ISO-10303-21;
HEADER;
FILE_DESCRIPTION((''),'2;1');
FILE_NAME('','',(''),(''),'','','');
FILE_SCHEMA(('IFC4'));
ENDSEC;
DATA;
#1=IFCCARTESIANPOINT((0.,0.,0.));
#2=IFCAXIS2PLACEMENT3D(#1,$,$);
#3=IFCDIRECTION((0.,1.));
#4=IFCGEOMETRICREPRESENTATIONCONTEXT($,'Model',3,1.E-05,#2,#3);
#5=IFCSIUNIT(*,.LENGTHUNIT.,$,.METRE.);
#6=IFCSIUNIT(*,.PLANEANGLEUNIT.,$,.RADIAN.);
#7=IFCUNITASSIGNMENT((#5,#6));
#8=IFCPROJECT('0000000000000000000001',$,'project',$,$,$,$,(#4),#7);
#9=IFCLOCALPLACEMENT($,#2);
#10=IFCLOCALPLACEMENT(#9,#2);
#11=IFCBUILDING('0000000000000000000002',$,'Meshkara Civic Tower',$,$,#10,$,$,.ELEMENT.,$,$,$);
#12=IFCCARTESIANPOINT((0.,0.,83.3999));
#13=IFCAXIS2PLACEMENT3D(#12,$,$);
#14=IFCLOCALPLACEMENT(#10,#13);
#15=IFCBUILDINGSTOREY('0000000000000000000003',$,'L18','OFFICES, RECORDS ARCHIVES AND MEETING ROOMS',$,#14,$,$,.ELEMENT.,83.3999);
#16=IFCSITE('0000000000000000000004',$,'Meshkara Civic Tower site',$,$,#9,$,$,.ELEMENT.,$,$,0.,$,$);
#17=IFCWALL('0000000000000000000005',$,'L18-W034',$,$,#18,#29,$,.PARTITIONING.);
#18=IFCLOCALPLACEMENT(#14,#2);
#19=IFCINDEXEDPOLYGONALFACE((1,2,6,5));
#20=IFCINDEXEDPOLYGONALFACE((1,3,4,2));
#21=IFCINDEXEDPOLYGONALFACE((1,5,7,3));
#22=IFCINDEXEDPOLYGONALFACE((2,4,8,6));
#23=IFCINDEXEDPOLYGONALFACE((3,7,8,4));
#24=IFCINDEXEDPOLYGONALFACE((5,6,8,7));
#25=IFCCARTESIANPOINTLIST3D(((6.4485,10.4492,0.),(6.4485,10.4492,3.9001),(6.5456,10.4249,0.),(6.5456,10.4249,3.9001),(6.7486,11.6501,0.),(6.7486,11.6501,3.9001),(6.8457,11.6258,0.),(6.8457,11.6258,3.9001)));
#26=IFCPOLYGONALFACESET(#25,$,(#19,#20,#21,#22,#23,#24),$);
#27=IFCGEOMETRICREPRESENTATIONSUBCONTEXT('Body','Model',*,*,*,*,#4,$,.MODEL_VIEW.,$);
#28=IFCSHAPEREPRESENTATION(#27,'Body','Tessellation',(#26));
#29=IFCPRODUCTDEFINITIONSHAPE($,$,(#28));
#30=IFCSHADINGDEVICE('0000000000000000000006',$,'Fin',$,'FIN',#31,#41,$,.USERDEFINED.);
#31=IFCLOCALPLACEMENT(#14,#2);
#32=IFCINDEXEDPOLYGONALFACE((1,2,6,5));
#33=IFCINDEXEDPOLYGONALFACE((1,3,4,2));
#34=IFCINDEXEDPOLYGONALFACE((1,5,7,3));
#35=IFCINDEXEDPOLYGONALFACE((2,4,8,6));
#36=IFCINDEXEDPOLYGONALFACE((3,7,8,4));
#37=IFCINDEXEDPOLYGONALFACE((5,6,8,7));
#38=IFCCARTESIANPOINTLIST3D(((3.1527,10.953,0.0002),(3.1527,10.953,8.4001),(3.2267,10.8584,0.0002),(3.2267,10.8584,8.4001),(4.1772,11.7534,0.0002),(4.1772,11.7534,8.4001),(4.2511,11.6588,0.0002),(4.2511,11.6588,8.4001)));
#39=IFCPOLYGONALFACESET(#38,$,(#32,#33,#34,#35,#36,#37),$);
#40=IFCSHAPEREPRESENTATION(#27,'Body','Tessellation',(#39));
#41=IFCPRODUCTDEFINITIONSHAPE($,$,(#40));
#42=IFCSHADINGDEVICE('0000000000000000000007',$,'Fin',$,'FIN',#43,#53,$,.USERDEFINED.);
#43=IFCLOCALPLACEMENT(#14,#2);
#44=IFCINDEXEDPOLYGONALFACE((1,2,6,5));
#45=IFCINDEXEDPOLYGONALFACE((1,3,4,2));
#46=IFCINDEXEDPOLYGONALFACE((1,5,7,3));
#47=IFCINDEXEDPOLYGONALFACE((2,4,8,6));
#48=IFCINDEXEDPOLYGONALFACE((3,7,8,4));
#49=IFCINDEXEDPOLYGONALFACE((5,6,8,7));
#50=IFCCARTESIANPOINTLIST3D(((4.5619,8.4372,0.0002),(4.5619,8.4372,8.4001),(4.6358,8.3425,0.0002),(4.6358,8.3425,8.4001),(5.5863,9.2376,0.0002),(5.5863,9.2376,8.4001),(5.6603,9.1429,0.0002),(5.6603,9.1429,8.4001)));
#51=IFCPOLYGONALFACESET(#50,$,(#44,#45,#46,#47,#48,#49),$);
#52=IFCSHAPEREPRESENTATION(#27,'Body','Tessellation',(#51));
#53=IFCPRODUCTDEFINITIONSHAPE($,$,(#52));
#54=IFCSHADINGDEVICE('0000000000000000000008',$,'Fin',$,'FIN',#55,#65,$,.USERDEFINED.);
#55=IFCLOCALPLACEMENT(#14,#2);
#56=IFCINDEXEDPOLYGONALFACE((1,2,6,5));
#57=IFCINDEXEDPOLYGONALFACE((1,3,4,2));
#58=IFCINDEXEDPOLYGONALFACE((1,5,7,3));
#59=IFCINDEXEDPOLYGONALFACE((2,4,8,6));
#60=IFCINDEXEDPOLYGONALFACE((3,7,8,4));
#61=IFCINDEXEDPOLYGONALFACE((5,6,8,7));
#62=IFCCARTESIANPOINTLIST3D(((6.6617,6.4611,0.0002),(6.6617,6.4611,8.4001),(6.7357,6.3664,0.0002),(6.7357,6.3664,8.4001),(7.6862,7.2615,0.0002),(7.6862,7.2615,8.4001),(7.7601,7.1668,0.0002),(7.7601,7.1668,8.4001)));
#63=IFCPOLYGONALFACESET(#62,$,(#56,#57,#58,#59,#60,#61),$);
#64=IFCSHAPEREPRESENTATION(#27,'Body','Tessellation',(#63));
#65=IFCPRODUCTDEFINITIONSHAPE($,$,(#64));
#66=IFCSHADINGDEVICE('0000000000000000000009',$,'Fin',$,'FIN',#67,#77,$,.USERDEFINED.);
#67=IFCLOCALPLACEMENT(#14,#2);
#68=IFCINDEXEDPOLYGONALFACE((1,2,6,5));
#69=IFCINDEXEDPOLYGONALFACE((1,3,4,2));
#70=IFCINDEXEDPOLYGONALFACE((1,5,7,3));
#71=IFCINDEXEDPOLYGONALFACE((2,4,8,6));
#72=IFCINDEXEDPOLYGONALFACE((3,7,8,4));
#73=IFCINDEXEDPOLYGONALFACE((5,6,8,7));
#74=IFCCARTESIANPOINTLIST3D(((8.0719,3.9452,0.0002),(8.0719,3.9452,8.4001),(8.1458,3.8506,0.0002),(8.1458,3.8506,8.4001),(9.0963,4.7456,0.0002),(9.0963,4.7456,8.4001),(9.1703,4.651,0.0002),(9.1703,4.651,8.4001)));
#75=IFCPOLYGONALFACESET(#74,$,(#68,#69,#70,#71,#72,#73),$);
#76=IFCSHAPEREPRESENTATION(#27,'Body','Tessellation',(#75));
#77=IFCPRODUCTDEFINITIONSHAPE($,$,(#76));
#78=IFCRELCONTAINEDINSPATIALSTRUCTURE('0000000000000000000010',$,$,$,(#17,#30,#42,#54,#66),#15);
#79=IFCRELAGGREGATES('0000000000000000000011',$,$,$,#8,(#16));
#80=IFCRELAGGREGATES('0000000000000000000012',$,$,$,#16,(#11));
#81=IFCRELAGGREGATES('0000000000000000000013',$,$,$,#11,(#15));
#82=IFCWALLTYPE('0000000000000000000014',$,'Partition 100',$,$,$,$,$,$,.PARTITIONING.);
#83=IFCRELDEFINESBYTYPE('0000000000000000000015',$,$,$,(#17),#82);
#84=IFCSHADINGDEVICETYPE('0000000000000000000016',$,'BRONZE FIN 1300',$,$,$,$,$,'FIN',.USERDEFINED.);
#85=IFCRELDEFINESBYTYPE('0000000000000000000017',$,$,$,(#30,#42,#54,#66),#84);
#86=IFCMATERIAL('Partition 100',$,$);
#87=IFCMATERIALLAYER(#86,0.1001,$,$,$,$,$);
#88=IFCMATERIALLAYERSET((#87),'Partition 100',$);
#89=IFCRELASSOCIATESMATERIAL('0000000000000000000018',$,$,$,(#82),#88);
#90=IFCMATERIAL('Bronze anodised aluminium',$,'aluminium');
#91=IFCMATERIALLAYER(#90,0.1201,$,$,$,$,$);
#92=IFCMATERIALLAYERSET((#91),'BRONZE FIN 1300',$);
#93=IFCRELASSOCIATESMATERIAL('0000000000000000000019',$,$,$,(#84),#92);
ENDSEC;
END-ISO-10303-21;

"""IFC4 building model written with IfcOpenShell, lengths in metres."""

from ifc_helpers import new_model, si_unit, direction, frame, frame_2d, origin, origin_2d, place, context, subcontext, project, spatial, rectangle, extrude, material, layer, layer_set, type_object, element, save


model = new_model("IFC4")

# Units and contexts
model_context = context("Model", 3, precision=1e-05, world=origin(), true_north=direction((0.0, 1.0)))
body_context = subcontext(model_context, "Body", "Model", "MODEL_VIEW")
ifc_project = project(units=[si_unit("LENGTHUNIT", "METRE"), si_unit("PLANEANGLEUNIT", "RADIAN")], contexts=[model_context])

# Site, building, storey
site_placement = place(None, origin())
site = spatial("IfcSite", under=ifc_project, at=site_placement, Name="Meshkara Civic Tower site", CompositionType="ELEMENT", RefElevation=0.0)
building_placement = place(site_placement, origin())
building = spatial("IfcBuilding", under=site, at=building_placement, Name="Meshkara Civic Tower", CompositionType="ELEMENT")
storey_placement = place(building_placement, frame((0.0, 0.0, 83.3999)))
storey = spatial("IfcBuildingStorey", under=building, at=storey_placement, Name="L18", Description="OFFICES, RECORDS ARCHIVES AND MEETING ROOMS", CompositionType="ELEMENT", Elevation=83.3999)

# Wall
ifc_material_1 = material(Name="Partition 100")
ifc_layer_1 = layer(ifc_material_1, 0.1001)
ifc_layer_set_1 = layer_set([ifc_layer_1], Name="Partition 100")
wall_type_1 = type_object("IfcWallType", Name="Partition 100", PredefinedType="PARTITIONING", material=ifc_layer_set_1)
wall_1_placement = place(storey_placement, frame((6.7971, 11.6379, 0.0), z_axis=(0.0, 0.0, 1.0), x_axis=(-0.242396, -0.970177, 0.0)))
element("IfcWall", 1, at=wall_1_placement, inside=storey, type_object=wall_type_1, Name="L18-W034", PredefinedType="PARTITIONING", context=body_context, shape_type="SweptSolid", body=[
    extrude(rectangle(XDim=1.2378, YDim=0.1001, at=frame_2d((0.6189, 0.0))), origin(), (0.0, 0.0, 1.0), 3.9001),
])

# Shading devices
ifc_material_2 = material(Name="Bronze anodised aluminium", Category="aluminium")
ifc_layer_2 = layer(ifc_material_2, 0.1201)
ifc_layer_set_2 = layer_set([ifc_layer_2], Name="BRONZE FIN 1300")
shading_device_type = type_object("IfcShadingDeviceType", Name="BRONZE FIN 1300", ElementType="FIN", PredefinedType="USERDEFINED", material=ifc_layer_set_2)
for number, where, z_axis, x_axis, name in (
    (2, (3.7019, 11.3059, 0.0002), (0.0, 0.0, 1.0), (0.615661, -0.788011, 0.0), "Fin"),
    (3, (5.1111, 8.79, 0.0002), (0.0, 0.0, 1.0), (0.615661, -0.788011, 0.0), "Fin"),
    (4, (7.2109, 6.814, 0.0002), (0.0, 0.0, 1.0), (0.615661, -0.788011, 0.0), "Fin"),
    (5, (8.6211, 4.2981, 0.0002), (0.0, 0.0, 1.0), (0.615661, -0.788011, 0.0), "Fin"),
):
    element("IfcShadingDevice", number, at=place(storey_placement, frame(where, z_axis=z_axis, x_axis=x_axis)), inside=storey, type_object=shading_device_type, Name=name, ObjectType="FIN", PredefinedType="USERDEFINED", context=body_context, shape_type="SweptSolid", body=[
        extrude(rectangle(XDim=0.1201, YDim=1.3, at=origin_2d()), origin(), (0.0, 0.0, 1.0), 8.3999),
    ])

save(model, "model.ifc")
